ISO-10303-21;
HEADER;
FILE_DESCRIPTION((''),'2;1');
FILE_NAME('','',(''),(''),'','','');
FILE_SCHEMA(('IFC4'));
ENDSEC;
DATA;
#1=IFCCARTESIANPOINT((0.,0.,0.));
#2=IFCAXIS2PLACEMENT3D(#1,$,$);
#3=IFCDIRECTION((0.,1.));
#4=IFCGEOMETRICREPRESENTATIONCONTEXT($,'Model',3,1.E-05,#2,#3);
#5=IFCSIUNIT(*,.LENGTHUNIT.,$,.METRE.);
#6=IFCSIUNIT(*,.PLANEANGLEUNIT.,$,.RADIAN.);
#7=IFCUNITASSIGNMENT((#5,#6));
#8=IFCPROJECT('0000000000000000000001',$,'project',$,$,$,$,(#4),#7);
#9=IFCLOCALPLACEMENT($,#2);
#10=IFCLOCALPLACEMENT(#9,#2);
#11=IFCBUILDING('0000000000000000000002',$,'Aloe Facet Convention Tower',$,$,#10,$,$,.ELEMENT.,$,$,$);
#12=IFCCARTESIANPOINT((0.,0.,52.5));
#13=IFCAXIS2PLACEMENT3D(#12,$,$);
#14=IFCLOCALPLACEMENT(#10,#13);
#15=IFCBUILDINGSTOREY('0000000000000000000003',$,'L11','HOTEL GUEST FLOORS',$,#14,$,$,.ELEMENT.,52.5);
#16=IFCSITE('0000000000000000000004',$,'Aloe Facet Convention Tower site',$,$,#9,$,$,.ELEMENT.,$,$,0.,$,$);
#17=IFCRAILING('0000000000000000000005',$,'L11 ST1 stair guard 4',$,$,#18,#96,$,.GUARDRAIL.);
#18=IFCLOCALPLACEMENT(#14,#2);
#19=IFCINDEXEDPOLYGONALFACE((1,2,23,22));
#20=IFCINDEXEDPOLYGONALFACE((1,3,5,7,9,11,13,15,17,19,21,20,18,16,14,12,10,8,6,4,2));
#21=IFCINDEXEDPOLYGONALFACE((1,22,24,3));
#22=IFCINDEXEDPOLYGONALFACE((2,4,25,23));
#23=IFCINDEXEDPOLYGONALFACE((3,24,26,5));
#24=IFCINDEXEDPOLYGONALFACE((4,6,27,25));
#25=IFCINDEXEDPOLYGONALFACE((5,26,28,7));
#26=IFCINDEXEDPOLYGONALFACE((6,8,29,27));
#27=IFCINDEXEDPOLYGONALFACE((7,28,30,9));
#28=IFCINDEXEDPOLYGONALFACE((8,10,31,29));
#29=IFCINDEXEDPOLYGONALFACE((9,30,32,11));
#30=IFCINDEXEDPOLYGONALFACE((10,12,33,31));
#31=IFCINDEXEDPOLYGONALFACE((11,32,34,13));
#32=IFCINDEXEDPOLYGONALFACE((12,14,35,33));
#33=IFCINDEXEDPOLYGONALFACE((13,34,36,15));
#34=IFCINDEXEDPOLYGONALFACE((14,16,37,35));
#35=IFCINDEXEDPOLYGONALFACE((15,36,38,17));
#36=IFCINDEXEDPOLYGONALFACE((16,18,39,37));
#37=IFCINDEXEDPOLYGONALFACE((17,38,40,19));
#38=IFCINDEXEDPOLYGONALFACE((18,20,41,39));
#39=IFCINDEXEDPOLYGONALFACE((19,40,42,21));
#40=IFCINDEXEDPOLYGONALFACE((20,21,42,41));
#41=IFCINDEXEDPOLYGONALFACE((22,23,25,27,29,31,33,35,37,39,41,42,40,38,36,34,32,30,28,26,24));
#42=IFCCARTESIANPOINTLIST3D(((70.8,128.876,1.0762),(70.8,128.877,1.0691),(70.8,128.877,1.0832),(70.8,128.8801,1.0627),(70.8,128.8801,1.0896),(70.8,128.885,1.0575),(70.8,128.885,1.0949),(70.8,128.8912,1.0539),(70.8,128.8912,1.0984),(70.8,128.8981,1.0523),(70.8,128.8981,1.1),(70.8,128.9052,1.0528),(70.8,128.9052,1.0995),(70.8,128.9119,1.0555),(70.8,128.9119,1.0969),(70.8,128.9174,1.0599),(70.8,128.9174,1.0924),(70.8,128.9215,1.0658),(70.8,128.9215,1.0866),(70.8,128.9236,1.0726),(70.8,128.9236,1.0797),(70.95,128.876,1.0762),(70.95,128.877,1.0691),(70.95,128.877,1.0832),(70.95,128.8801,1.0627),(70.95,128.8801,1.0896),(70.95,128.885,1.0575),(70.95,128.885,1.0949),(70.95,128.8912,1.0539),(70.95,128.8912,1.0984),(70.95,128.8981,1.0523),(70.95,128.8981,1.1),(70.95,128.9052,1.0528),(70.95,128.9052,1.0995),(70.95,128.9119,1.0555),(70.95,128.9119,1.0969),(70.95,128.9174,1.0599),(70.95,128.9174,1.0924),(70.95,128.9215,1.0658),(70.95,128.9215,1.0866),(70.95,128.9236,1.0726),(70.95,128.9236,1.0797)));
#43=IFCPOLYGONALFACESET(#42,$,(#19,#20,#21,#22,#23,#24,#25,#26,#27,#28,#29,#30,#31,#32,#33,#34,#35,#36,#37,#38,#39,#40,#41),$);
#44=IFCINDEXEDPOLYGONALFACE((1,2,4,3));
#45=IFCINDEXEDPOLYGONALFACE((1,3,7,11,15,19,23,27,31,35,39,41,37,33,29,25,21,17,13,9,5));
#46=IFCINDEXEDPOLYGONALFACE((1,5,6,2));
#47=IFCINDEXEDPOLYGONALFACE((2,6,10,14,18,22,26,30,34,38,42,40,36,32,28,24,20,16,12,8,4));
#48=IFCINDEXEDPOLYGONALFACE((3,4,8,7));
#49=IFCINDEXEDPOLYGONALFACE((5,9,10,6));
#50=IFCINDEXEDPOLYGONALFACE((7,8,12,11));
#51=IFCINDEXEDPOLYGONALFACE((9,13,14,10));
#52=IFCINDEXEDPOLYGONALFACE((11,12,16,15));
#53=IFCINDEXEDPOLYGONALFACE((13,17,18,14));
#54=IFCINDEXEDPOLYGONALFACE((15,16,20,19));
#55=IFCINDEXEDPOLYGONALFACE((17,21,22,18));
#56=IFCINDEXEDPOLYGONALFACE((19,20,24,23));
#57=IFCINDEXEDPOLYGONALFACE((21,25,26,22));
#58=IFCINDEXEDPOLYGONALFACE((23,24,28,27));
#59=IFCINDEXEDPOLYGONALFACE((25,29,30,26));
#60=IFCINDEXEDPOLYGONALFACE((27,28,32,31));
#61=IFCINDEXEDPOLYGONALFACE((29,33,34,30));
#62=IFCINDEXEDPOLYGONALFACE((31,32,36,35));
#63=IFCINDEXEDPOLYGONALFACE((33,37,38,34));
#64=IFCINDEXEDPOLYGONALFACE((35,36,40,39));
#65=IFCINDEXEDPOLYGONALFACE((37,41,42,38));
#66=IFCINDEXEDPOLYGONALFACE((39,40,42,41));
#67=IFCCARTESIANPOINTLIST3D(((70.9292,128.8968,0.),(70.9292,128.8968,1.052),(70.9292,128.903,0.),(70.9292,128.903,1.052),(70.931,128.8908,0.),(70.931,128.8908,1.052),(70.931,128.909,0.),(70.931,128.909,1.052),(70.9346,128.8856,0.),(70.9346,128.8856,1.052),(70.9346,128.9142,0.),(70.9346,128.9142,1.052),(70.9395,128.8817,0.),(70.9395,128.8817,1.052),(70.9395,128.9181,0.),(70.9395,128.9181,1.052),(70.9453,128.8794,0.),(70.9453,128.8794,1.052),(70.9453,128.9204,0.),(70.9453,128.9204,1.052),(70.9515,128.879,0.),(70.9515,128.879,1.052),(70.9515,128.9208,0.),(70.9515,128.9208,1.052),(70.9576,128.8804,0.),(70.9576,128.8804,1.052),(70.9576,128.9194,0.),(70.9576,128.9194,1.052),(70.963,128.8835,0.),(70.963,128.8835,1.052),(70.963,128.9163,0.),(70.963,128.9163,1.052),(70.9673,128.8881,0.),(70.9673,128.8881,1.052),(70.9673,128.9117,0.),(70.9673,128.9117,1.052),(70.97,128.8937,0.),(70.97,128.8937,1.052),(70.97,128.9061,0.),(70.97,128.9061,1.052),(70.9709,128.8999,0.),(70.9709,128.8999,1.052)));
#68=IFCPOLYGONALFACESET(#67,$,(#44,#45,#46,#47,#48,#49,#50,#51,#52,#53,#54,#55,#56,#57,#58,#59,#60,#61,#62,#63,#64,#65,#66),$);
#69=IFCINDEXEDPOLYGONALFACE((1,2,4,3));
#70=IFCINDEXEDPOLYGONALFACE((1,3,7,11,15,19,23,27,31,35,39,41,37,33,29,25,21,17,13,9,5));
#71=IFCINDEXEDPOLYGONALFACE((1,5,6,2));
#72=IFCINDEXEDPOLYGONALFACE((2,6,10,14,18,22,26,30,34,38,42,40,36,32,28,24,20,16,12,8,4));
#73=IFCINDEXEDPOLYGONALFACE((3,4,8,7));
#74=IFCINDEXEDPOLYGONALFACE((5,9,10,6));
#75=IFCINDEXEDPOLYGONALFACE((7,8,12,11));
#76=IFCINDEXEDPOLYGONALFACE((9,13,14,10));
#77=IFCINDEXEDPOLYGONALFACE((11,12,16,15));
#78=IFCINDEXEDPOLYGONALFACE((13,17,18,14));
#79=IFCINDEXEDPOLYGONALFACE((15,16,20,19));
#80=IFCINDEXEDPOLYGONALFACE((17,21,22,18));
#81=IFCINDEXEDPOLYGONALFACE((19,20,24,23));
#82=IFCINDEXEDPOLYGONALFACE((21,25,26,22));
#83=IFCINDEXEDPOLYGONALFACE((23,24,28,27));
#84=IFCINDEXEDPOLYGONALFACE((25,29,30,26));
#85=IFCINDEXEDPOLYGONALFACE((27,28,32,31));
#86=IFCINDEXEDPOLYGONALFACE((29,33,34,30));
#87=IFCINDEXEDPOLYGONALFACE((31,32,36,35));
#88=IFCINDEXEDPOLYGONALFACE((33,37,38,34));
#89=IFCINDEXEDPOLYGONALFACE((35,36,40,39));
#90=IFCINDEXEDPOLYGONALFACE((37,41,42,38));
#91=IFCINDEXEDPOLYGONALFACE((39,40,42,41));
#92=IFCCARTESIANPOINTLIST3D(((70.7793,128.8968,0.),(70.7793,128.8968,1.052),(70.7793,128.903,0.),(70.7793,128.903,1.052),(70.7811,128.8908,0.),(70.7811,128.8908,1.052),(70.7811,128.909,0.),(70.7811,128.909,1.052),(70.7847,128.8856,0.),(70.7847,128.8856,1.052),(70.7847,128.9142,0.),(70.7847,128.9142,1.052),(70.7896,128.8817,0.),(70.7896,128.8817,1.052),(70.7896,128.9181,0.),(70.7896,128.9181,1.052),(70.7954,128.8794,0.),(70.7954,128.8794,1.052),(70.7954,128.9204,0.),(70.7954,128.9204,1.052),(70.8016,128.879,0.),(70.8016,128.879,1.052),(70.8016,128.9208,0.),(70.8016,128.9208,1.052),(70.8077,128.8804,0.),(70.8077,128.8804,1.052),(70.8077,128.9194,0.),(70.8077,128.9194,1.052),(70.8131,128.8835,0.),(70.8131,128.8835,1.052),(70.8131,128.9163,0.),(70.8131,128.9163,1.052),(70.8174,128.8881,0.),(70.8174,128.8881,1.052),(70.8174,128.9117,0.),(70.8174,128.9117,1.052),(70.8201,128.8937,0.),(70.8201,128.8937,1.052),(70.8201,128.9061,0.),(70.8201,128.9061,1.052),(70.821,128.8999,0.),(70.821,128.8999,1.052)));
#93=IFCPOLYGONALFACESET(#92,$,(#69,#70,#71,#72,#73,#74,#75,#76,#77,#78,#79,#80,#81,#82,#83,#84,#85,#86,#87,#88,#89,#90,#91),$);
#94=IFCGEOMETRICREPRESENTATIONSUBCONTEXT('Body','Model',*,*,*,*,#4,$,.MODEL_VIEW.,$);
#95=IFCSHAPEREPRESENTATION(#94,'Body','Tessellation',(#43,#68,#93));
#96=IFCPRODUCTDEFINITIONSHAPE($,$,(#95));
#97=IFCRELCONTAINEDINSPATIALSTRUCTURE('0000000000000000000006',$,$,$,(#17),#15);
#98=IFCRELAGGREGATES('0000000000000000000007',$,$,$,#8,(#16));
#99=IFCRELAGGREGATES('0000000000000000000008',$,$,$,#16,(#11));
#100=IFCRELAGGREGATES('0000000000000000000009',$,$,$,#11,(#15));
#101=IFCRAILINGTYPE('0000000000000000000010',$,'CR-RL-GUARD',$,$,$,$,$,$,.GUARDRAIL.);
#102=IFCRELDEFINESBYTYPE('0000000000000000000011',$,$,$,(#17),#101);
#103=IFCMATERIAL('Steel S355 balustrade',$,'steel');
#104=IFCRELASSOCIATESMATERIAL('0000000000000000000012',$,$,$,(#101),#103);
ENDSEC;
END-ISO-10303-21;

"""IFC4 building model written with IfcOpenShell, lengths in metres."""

from ifc_helpers import new_model, si_unit, direction, frame, origin, origin_2d, place, context, subcontext, project, spatial, circle, extrude, material, type_object, element, save


model = new_model("IFC4")

# Units and contexts
model_context = context("Model", 3, precision=1e-05, world=origin(), true_north=direction((0.0, 1.0)))
body_context = subcontext(model_context, "Body", "Model", "MODEL_VIEW")
ifc_project = project(units=[si_unit("LENGTHUNIT", "METRE"), si_unit("PLANEANGLEUNIT", "RADIAN")], contexts=[model_context])

# Site, building, storey
site_placement = place(None, origin())
site = spatial("IfcSite", under=ifc_project, at=site_placement, Name="Aloe Facet Convention Tower site", CompositionType="ELEMENT", RefElevation=0.0)
building_placement = place(site_placement, origin())
building = spatial("IfcBuilding", under=site, at=building_placement, Name="Aloe Facet Convention Tower", CompositionType="ELEMENT")
storey_placement = place(building_placement, frame((0.0, 0.0, 52.5)))
storey = spatial("IfcBuildingStorey", under=building, at=storey_placement, Name="L11", Description="HOTEL GUEST FLOORS", CompositionType="ELEMENT", Elevation=52.5)

# Railing
ifc_material_1 = material(Name="Steel S355 balustrade", Category="steel")
railing_type_1 = type_object("IfcRailingType", Name="CR-RL-GUARD", PredefinedType="GUARDRAIL", material=ifc_material_1)
railing_1_placement = place(storey_placement, frame((70.95, 128.8999, 0.0)))
element("IfcRailing", 1, at=railing_1_placement, inside=storey, type_object=railing_type_1, Name="L11 ST1 stair guard 4", PredefinedType="GUARDRAIL", context=body_context, shape_type="SweptSolid", body=[
    extrude(circle(Radius=0.0239, at=origin_2d()), frame((0.0, 0.0, 1.0762), z_axis=(-1.0, 0.0, 0.0), x_axis=(0.0, -1.0, 0.0)), (0.0, 0.0, 1.0), 0.1499),
    extrude(circle(Radius=0.021, at=origin_2d()), origin(), (0.0, 0.0, 1.0), 1.052),
    extrude(circle(Radius=0.021, at=origin_2d()), frame((-0.1499, 0.0, 0.0)), (0.0, 0.0, 1.0), 1.052),
])

save(model, "model.ifc")
